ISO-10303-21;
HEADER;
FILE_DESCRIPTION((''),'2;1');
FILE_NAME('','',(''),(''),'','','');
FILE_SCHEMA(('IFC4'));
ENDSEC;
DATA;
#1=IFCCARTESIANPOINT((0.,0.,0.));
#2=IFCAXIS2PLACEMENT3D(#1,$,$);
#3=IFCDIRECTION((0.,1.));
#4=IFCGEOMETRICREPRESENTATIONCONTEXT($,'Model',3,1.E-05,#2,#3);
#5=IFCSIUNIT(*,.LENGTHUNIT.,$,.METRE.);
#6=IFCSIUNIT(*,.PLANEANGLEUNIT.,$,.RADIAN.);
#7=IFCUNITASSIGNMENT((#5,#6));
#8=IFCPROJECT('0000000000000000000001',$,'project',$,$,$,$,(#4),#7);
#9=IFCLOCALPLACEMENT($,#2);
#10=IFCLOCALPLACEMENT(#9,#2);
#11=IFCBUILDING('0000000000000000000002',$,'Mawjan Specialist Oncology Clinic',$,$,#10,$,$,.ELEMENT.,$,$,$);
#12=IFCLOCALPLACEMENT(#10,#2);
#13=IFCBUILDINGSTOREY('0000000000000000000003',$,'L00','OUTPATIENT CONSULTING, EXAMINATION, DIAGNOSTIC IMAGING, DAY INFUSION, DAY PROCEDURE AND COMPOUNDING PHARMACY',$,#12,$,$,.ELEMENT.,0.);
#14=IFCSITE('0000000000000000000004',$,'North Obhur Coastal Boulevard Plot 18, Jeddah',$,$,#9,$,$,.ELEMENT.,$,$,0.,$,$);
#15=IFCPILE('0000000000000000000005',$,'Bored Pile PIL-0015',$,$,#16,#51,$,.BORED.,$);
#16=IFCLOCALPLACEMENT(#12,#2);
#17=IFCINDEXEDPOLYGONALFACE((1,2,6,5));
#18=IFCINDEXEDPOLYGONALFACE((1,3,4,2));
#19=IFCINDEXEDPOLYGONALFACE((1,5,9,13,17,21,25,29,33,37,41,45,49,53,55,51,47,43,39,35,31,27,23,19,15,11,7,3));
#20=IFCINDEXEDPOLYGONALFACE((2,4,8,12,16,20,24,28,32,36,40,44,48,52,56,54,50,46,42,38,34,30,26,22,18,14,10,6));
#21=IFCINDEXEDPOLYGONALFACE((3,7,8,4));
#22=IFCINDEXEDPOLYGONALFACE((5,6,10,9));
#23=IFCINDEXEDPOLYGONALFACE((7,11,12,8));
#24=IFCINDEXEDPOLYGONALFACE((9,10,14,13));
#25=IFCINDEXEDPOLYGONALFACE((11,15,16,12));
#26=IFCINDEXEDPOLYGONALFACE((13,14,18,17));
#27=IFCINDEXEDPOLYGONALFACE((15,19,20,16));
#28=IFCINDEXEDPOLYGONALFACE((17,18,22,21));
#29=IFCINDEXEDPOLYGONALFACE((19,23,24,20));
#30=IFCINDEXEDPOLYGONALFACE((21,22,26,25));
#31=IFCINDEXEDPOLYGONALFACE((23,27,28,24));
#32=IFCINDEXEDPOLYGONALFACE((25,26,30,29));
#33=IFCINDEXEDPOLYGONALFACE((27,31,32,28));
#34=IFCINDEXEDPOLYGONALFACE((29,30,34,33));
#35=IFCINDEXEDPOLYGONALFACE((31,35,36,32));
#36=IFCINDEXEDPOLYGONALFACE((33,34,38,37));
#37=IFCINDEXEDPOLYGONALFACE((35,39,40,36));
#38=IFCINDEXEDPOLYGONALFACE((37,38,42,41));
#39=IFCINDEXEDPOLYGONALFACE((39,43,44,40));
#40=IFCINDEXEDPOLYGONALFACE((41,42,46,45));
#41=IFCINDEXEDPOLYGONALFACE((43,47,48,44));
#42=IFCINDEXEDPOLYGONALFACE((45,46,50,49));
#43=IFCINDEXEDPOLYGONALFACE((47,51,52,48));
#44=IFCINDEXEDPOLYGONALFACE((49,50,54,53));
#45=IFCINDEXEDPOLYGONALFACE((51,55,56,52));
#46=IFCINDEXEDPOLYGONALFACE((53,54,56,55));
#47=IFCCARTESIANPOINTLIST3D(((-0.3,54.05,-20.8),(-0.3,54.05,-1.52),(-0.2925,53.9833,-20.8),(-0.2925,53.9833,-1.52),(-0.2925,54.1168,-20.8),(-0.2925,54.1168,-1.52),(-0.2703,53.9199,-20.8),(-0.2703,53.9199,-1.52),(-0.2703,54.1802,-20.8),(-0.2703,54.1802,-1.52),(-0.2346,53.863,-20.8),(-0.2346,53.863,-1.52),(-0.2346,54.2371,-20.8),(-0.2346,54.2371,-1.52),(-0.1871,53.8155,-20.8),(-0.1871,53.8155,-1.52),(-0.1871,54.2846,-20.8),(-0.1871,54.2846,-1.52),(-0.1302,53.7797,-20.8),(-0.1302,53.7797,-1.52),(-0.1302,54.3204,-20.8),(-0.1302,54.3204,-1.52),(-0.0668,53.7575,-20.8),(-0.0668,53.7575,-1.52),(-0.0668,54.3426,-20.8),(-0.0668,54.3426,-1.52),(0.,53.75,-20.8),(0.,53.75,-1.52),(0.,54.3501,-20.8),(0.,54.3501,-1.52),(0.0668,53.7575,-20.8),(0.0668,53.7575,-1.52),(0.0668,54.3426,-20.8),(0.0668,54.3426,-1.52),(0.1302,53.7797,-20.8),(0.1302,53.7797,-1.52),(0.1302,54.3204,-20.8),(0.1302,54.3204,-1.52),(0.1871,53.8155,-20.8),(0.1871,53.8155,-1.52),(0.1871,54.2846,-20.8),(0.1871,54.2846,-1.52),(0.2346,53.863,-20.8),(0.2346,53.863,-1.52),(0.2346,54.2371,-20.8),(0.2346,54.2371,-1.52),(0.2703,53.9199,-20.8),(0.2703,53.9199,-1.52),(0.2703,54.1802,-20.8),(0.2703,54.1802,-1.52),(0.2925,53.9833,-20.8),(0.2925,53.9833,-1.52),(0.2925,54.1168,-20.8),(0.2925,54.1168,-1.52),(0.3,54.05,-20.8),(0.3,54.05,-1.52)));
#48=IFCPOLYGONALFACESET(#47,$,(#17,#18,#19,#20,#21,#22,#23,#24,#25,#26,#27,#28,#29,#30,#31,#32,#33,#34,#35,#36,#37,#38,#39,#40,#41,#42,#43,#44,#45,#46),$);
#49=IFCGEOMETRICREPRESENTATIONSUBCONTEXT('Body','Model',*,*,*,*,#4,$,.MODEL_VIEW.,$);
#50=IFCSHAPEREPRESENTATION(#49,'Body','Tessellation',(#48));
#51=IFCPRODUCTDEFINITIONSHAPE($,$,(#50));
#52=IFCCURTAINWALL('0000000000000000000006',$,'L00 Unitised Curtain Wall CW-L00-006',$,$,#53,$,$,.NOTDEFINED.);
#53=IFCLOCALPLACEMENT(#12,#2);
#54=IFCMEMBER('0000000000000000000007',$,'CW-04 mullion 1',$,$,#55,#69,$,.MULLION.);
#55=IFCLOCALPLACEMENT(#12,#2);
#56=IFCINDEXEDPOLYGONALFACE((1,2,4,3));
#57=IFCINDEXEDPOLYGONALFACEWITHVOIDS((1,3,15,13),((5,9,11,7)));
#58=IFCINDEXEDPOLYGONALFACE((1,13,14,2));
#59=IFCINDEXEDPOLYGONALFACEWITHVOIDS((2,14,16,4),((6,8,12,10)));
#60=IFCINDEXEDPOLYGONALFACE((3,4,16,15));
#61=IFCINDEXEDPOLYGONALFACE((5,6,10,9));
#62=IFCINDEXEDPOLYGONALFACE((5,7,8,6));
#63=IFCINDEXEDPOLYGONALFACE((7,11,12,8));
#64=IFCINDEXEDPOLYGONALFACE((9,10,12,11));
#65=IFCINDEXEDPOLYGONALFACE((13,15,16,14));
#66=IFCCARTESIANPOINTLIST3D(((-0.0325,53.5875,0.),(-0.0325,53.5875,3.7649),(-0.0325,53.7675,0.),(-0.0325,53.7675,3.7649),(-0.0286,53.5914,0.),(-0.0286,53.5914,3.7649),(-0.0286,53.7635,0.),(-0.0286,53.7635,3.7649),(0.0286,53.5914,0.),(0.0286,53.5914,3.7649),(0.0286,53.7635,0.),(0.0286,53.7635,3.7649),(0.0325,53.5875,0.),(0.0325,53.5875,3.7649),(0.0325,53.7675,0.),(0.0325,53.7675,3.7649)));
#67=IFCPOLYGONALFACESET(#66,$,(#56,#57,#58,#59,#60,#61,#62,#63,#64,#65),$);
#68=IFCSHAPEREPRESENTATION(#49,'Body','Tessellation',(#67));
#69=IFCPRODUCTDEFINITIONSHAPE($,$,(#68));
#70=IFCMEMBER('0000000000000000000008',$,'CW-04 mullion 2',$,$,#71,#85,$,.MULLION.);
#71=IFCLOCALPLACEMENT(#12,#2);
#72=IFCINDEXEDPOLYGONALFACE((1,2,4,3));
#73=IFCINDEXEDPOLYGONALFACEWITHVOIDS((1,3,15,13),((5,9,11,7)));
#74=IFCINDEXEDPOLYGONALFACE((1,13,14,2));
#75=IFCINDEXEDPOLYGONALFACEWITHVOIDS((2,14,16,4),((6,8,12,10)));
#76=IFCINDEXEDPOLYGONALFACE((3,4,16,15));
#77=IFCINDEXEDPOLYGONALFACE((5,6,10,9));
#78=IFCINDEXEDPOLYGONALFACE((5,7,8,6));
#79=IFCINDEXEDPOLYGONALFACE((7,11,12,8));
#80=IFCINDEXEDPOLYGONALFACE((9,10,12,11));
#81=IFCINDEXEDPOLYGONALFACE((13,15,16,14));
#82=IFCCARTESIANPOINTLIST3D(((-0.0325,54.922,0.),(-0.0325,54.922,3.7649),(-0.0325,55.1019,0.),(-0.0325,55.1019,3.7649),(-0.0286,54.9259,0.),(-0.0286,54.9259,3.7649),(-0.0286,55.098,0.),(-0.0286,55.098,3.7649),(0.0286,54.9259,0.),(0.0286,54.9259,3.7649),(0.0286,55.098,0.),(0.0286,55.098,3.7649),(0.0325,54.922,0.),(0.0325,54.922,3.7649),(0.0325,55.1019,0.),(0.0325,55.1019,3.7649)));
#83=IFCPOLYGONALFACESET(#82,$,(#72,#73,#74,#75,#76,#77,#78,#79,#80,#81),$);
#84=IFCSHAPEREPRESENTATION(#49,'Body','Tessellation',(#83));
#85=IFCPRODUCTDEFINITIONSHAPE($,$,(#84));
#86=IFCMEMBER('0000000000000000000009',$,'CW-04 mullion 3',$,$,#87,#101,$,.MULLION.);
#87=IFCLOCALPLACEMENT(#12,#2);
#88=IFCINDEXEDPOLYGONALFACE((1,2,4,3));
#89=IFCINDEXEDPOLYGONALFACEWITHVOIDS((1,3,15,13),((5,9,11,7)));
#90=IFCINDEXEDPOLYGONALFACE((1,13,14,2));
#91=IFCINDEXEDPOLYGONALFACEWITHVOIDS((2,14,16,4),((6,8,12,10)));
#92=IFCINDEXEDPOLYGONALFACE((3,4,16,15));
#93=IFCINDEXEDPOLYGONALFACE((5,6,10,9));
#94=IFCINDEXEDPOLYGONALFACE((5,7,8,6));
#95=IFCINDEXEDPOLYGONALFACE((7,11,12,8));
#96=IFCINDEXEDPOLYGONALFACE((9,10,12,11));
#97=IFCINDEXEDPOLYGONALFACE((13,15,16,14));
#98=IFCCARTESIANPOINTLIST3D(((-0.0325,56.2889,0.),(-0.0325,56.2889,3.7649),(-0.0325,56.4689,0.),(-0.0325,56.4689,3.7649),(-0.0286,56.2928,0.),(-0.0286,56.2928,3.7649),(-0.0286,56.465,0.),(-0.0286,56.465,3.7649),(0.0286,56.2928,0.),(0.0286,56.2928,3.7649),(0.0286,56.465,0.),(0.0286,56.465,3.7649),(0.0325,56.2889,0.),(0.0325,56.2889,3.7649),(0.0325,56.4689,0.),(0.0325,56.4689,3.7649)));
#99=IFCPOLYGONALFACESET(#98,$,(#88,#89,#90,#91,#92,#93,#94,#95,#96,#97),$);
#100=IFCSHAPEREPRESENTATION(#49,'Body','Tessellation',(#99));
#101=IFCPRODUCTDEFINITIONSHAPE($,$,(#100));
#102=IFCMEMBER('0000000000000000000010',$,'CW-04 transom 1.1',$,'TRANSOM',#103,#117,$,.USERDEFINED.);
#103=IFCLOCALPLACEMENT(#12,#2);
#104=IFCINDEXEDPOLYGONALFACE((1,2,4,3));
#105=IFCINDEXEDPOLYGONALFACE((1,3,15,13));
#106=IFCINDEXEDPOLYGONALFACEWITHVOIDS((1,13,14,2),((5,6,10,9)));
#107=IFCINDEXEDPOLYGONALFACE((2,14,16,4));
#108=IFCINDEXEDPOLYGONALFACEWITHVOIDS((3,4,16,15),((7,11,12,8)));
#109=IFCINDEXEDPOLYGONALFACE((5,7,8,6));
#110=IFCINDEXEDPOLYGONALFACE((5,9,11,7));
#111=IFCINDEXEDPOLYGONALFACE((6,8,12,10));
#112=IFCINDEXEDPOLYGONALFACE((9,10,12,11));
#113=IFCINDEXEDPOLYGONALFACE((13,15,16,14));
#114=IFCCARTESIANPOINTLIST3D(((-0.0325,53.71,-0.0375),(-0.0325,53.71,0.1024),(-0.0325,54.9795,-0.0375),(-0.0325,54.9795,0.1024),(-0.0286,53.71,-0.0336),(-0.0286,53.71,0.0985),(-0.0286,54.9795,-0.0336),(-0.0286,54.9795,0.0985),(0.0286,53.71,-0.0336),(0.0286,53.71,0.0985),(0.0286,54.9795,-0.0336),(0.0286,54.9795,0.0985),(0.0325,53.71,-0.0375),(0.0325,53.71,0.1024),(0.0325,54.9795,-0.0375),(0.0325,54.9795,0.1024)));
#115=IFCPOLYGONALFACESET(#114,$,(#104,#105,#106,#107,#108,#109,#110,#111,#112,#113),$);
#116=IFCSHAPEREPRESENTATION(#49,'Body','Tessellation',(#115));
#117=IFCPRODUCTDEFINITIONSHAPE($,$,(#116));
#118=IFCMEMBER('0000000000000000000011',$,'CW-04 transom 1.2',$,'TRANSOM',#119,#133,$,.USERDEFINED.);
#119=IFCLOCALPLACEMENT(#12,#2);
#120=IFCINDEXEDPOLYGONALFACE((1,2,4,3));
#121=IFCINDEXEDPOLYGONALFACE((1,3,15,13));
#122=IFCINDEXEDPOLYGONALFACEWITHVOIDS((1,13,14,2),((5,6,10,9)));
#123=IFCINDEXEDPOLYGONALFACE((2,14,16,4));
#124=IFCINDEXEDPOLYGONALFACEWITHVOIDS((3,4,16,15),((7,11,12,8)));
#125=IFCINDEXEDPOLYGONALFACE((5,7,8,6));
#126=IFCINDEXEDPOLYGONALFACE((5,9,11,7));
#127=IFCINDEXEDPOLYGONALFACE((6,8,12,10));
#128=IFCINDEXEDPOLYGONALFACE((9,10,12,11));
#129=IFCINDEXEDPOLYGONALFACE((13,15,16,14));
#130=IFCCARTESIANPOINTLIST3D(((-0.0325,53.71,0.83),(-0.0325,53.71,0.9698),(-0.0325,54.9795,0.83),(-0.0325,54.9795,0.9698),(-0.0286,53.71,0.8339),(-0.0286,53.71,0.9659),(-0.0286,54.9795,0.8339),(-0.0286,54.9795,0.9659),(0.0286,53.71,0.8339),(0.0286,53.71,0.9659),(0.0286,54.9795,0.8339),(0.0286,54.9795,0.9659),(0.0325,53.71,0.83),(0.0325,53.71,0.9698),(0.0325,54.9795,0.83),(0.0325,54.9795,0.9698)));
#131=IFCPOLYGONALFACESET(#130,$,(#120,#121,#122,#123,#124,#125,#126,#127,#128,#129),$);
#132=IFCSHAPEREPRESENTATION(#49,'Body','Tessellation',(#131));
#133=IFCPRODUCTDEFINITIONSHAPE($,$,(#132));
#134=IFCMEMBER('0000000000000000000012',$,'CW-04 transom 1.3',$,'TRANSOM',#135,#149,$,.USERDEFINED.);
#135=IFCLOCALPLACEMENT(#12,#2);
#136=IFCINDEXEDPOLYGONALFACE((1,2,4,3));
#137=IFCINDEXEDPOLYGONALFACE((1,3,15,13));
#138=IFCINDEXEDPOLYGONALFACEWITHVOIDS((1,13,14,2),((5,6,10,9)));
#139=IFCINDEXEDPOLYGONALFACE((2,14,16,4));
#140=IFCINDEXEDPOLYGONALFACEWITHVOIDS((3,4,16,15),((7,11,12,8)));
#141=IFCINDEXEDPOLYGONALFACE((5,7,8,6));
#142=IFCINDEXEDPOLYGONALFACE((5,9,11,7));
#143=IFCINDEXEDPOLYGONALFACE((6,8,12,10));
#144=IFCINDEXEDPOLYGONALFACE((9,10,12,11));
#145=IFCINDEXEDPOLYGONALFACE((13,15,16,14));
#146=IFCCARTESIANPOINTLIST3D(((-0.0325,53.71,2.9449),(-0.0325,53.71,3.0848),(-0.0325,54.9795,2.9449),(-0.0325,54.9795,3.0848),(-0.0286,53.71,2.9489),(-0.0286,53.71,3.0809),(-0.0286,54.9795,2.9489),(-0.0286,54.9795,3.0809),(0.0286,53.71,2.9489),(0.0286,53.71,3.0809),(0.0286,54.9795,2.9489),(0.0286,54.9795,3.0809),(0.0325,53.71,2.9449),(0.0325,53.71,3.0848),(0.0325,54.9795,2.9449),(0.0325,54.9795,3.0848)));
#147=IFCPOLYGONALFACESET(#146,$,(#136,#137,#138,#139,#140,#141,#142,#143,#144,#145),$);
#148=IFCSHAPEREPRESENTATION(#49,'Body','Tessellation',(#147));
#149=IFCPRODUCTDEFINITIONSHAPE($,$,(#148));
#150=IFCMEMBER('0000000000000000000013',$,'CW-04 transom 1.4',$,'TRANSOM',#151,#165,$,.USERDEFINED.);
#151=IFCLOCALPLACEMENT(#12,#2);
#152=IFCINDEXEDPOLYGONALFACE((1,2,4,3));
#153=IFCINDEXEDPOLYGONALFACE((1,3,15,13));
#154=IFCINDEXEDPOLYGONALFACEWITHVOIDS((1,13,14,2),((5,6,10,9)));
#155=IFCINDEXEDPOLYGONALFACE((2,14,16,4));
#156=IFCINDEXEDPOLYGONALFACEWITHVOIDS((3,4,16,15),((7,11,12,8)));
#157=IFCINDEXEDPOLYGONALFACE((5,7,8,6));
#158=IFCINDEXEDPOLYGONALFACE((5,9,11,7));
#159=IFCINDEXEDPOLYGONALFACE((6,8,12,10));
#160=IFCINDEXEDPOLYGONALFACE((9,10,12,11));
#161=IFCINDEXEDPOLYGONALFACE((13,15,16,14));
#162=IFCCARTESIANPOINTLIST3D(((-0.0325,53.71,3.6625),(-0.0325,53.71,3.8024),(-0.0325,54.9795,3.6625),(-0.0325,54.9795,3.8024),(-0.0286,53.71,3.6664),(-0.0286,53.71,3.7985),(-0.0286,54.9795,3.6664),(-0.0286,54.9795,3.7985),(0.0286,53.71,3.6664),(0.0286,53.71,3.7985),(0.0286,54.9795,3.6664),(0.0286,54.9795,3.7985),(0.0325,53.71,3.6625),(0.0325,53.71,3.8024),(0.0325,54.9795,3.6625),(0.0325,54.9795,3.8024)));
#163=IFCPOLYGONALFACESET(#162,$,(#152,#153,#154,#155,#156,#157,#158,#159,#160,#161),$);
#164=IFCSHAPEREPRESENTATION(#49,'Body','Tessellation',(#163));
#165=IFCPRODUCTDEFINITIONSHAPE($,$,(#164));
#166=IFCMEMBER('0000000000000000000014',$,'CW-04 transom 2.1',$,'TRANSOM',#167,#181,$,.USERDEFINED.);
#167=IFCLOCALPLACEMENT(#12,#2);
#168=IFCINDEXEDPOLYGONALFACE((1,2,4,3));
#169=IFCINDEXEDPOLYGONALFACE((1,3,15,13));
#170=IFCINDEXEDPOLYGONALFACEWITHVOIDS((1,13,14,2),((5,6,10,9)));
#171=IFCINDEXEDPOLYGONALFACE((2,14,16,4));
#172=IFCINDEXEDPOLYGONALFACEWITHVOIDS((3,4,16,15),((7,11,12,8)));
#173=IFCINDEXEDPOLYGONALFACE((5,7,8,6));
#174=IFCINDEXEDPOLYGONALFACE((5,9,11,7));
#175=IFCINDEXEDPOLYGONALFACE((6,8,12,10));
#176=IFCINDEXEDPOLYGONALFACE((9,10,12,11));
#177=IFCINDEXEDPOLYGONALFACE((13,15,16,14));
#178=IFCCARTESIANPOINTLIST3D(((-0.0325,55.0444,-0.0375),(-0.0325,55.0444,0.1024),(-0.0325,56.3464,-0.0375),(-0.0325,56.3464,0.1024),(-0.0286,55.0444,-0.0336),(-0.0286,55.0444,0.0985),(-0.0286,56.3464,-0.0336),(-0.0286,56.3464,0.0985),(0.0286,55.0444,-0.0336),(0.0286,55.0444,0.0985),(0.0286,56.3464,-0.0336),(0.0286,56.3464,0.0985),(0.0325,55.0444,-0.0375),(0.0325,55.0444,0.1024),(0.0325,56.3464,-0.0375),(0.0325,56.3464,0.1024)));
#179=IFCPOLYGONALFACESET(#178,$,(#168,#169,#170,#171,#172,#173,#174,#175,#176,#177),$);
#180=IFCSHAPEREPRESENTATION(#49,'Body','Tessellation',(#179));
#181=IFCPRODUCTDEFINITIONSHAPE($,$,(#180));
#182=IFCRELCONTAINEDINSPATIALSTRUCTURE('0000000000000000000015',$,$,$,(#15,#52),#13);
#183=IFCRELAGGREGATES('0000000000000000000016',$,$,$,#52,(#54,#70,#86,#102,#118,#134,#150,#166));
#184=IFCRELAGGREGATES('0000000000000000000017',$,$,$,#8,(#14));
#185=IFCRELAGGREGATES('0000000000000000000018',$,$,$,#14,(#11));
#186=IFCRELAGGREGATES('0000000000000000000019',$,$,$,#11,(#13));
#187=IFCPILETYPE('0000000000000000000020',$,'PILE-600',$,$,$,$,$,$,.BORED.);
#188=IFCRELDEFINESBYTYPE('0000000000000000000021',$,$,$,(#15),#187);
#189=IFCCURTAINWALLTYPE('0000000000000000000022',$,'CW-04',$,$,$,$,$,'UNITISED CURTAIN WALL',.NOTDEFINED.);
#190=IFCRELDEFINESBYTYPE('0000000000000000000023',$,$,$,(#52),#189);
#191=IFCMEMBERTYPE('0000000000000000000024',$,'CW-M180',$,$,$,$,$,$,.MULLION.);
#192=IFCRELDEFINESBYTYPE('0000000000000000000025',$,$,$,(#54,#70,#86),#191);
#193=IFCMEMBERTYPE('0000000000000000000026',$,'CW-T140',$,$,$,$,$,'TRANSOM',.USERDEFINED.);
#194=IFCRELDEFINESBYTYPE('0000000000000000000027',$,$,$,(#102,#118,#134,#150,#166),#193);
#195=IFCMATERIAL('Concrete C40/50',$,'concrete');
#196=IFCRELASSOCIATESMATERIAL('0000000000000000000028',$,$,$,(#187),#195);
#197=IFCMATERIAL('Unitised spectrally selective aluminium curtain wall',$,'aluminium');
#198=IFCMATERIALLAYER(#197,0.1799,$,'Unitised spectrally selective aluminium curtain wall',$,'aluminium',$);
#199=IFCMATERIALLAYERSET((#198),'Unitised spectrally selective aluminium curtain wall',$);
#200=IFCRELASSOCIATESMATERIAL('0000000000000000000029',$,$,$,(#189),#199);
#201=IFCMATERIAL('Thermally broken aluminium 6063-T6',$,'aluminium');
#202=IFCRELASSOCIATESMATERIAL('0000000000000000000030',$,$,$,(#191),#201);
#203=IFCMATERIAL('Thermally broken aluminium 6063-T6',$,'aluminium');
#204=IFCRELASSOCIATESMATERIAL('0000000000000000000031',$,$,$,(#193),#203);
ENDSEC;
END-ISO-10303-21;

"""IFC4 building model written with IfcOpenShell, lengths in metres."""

from ifc_helpers import new_model, si_unit, direction, frame, origin, origin_2d, place, context, subcontext, project, spatial, hollow_rectangle, circle, extrude, material, layer, layer_set, material_profile, profile_set, type_object, element, aggregate, save


model = new_model("IFC4")

# Units and contexts
model_context = context("Model", 3, precision=1e-05, world=origin(), true_north=direction((0.0, 1.0)))
body_context = subcontext(model_context, "Body", "Model", "MODEL_VIEW")
ifc_project = project(units=[si_unit("LENGTHUNIT", "METRE"), si_unit("PLANEANGLEUNIT", "RADIAN")], contexts=[model_context])

# Site, building, storey
site_placement = place(None, origin())
site = spatial("IfcSite", under=ifc_project, at=site_placement, Name="North Obhur Coastal Boulevard Plot 18, Jeddah", CompositionType="ELEMENT", RefElevation=0.0)
building_placement = place(site_placement, origin())
building = spatial("IfcBuilding", under=site, at=building_placement, Name="Mawjan Specialist Oncology Clinic", CompositionType="ELEMENT")
storey_placement = place(building_placement, origin())
storey = spatial("IfcBuildingStorey", under=building, at=storey_placement, Name="L00", Description="OUTPATIENT CONSULTING, EXAMINATION, DIAGNOSTIC IMAGING, DAY INFUSION, DAY PROCEDURE AND COMPOUNDING PHARMACY", CompositionType="ELEMENT", Elevation=0.0)

# Pile
ifc_material_1 = material(Name="Concrete C40/50", Category="concrete")
ifc_material_profile_1 = material_profile(ifc_material_1, circle(Radius=0.3, at=origin_2d()), Name="BORED PILE D600", Category="concrete")
ifc_profile_set_1 = profile_set([ifc_material_profile_1], Name="Concrete C40/50")
pile_type = type_object("IfcPileType", Name="PILE-600", PredefinedType="BORED", material=ifc_profile_set_1)
pile_placement = place(storey_placement, frame((0.0, 54.05, -1.52), z_axis=(0.0, 0.0, -1.0), x_axis=(1.0, 0.0, 0.0)))
element("IfcPile", 1, at=pile_placement, inside=storey, type_object=pile_type, Name="Bored Pile PIL-0015", PredefinedType="BORED", context=body_context, shape_type="SweptSolid", body=[
    extrude(circle(Radius=0.3, at=origin_2d()), origin(), (0.0, 0.0, 1.0), 19.28),
])

# Curtain wall, members
ifc_material_2 = material(Name="Unitised spectrally selective aluminium curtain wall", Category="aluminium")
ifc_layer_1 = layer(ifc_material_2, 0.1799, Name="Unitised spectrally selective aluminium curtain wall", Category="aluminium")
ifc_layer_set_1 = layer_set([ifc_layer_1], Name="Unitised spectrally selective aluminium curtain wall")
curtain_wall_type = type_object("IfcCurtainWallType", Name="CW-04", ElementType="UNITISED CURTAIN WALL", PredefinedType="NOTDEFINED", material=ifc_layer_set_1)
curtain_wall_placement = place(storey_placement, origin())
curtain_wall = element("IfcCurtainWall", 2, at=curtain_wall_placement, inside=storey, type_object=curtain_wall_type, Name="L00 Unitised Curtain Wall CW-L00-006", PredefinedType="NOTDEFINED")
ifc_material_3 = material(Name="Thermally broken aluminium 6063-T6", Category="aluminium")
ifc_material_profile_2 = material_profile(ifc_material_3, hollow_rectangle(XDim=0.0649, YDim=0.1799, WallThickness=0.0039, at=origin_2d()), Name="ALU MULLION 180x65x4", Category="aluminium")
ifc_profile_set_2 = profile_set([ifc_material_profile_2], Name="Thermally broken aluminium 6063-T6")
member_type_1 = type_object("IfcMemberType", Name="CW-M180", PredefinedType="MULLION", material=ifc_profile_set_2)
member_1_placement = place(storey_placement, frame((0.0, 53.6775, 0.0), z_axis=(0.0, 0.0, 1.0), x_axis=(-1.0, 0.0, 0.0)))
member_1 = element("IfcMember", 3, at=member_1_placement, type_object=member_type_1, Name="CW-04 mullion 1", PredefinedType="MULLION", context=body_context, shape_type="SweptSolid", body=[
    extrude(hollow_rectangle(XDim=0.0649, YDim=0.1799, WallThickness=0.0039, at=origin_2d()), origin(), (0.0, 0.0, 1.0), 3.7649),
])
member_2_placement = place(storey_placement, frame((0.0, 55.012, 0.0), z_axis=(0.0, 0.0, 1.0), x_axis=(-1.0, 0.0, 0.0)))
member_2 = element("IfcMember", 4, at=member_2_placement, type_object=member_type_1, Name="CW-04 mullion 2", PredefinedType="MULLION", context=body_context, shape_type="SweptSolid", body=[
    extrude(hollow_rectangle(XDim=0.0649, YDim=0.1799, WallThickness=0.0039, at=origin_2d()), origin(), (0.0, 0.0, 1.0), 3.7649),
])
member_3_placement = place(storey_placement, frame((0.0, 56.3789, 0.0), z_axis=(0.0, 0.0, 1.0), x_axis=(-1.0, 0.0, 0.0)))
member_3 = element("IfcMember", 5, at=member_3_placement, type_object=member_type_1, Name="CW-04 mullion 3", PredefinedType="MULLION", context=body_context, shape_type="SweptSolid", body=[
    extrude(hollow_rectangle(XDim=0.0649, YDim=0.1799, WallThickness=0.0039, at=origin_2d()), origin(), (0.0, 0.0, 1.0), 3.7649),
])
ifc_material_4 = material(Name="Thermally broken aluminium 6063-T6", Category="aluminium")
ifc_material_profile_3 = material_profile(ifc_material_4, hollow_rectangle(XDim=0.0649, YDim=0.1399, WallThickness=0.0039, at=origin_2d()), Name="ALU TRANSOM 140x65x4", Category="aluminium")
ifc_profile_set_3 = profile_set([ifc_material_profile_3], Name="Thermally broken aluminium 6063-T6")
member_type_2 = type_object("IfcMemberType", Name="CW-T140", ElementType="TRANSOM", PredefinedType="USERDEFINED", material=ifc_profile_set_3)
member_4_placement = place(storey_placement, frame((0.0, 53.71, 0.0325), z_axis=(0.0, 1.0, 0.0), x_axis=(-1.0, 0.0, 0.0)))
member_4 = element("IfcMember", 6, at=member_4_placement, type_object=member_type_2, Name="CW-04 transom 1.1", ObjectType="TRANSOM", PredefinedType="USERDEFINED", context=body_context, shape_type="SweptSolid", body=[
    extrude(hollow_rectangle(XDim=0.0649, YDim=0.1399, WallThickness=0.0039, at=origin_2d()), origin(), (0.0, 0.0, 1.0), 1.2695),
])
member_5_placement = place(storey_placement, frame((0.0, 53.71, 0.8999), z_axis=(0.0, 1.0, 0.0), x_axis=(-1.0, 0.0, 0.0)))
member_5 = element("IfcMember", 7, at=member_5_placement, type_object=member_type_2, Name="CW-04 transom 1.2", ObjectType="TRANSOM", PredefinedType="USERDEFINED", context=body_context, shape_type="SweptSolid", body=[
    extrude(hollow_rectangle(XDim=0.0649, YDim=0.1399, WallThickness=0.0039, at=origin_2d()), origin(), (0.0, 0.0, 1.0), 1.2695),
])
member_6_placement = place(storey_placement, frame((0.0, 53.71, 3.0149), z_axis=(0.0, 1.0, 0.0), x_axis=(-1.0, 0.0, 0.0)))
member_6 = element("IfcMember", 8, at=member_6_placement, type_object=member_type_2, Name="CW-04 transom 1.3", ObjectType="TRANSOM", PredefinedType="USERDEFINED", context=body_context, shape_type="SweptSolid", body=[
    extrude(hollow_rectangle(XDim=0.0649, YDim=0.1399, WallThickness=0.0039, at=origin_2d()), origin(), (0.0, 0.0, 1.0), 1.2695),
])
member_7_placement = place(storey_placement, frame((0.0, 53.71, 3.7324), z_axis=(0.0, 1.0, 0.0), x_axis=(-1.0, 0.0, 0.0)))
member_7 = element("IfcMember", 9, at=member_7_placement, type_object=member_type_2, Name="CW-04 transom 1.4", ObjectType="TRANSOM", PredefinedType="USERDEFINED", context=body_context, shape_type="SweptSolid", body=[
    extrude(hollow_rectangle(XDim=0.0649, YDim=0.1399, WallThickness=0.0039, at=origin_2d()), origin(), (0.0, 0.0, 1.0), 1.2695),
])
member_8_placement = place(storey_placement, frame((0.0, 55.0444, 0.0325), z_axis=(0.0, 1.0, 0.0), x_axis=(-1.0, 0.0, 0.0)))
member_8 = element("IfcMember", 10, at=member_8_placement, type_object=member_type_2, Name="CW-04 transom 2.1", ObjectType="TRANSOM", PredefinedType="USERDEFINED", context=body_context, shape_type="SweptSolid", body=[
    extrude(hollow_rectangle(XDim=0.0649, YDim=0.1399, WallThickness=0.0039, at=origin_2d()), origin(), (0.0, 0.0, 1.0), 1.302),
])
aggregate(curtain_wall, [member_1, member_2, member_3, member_4, member_5, member_6, member_7, member_8])

save(model, "model.ifc")
